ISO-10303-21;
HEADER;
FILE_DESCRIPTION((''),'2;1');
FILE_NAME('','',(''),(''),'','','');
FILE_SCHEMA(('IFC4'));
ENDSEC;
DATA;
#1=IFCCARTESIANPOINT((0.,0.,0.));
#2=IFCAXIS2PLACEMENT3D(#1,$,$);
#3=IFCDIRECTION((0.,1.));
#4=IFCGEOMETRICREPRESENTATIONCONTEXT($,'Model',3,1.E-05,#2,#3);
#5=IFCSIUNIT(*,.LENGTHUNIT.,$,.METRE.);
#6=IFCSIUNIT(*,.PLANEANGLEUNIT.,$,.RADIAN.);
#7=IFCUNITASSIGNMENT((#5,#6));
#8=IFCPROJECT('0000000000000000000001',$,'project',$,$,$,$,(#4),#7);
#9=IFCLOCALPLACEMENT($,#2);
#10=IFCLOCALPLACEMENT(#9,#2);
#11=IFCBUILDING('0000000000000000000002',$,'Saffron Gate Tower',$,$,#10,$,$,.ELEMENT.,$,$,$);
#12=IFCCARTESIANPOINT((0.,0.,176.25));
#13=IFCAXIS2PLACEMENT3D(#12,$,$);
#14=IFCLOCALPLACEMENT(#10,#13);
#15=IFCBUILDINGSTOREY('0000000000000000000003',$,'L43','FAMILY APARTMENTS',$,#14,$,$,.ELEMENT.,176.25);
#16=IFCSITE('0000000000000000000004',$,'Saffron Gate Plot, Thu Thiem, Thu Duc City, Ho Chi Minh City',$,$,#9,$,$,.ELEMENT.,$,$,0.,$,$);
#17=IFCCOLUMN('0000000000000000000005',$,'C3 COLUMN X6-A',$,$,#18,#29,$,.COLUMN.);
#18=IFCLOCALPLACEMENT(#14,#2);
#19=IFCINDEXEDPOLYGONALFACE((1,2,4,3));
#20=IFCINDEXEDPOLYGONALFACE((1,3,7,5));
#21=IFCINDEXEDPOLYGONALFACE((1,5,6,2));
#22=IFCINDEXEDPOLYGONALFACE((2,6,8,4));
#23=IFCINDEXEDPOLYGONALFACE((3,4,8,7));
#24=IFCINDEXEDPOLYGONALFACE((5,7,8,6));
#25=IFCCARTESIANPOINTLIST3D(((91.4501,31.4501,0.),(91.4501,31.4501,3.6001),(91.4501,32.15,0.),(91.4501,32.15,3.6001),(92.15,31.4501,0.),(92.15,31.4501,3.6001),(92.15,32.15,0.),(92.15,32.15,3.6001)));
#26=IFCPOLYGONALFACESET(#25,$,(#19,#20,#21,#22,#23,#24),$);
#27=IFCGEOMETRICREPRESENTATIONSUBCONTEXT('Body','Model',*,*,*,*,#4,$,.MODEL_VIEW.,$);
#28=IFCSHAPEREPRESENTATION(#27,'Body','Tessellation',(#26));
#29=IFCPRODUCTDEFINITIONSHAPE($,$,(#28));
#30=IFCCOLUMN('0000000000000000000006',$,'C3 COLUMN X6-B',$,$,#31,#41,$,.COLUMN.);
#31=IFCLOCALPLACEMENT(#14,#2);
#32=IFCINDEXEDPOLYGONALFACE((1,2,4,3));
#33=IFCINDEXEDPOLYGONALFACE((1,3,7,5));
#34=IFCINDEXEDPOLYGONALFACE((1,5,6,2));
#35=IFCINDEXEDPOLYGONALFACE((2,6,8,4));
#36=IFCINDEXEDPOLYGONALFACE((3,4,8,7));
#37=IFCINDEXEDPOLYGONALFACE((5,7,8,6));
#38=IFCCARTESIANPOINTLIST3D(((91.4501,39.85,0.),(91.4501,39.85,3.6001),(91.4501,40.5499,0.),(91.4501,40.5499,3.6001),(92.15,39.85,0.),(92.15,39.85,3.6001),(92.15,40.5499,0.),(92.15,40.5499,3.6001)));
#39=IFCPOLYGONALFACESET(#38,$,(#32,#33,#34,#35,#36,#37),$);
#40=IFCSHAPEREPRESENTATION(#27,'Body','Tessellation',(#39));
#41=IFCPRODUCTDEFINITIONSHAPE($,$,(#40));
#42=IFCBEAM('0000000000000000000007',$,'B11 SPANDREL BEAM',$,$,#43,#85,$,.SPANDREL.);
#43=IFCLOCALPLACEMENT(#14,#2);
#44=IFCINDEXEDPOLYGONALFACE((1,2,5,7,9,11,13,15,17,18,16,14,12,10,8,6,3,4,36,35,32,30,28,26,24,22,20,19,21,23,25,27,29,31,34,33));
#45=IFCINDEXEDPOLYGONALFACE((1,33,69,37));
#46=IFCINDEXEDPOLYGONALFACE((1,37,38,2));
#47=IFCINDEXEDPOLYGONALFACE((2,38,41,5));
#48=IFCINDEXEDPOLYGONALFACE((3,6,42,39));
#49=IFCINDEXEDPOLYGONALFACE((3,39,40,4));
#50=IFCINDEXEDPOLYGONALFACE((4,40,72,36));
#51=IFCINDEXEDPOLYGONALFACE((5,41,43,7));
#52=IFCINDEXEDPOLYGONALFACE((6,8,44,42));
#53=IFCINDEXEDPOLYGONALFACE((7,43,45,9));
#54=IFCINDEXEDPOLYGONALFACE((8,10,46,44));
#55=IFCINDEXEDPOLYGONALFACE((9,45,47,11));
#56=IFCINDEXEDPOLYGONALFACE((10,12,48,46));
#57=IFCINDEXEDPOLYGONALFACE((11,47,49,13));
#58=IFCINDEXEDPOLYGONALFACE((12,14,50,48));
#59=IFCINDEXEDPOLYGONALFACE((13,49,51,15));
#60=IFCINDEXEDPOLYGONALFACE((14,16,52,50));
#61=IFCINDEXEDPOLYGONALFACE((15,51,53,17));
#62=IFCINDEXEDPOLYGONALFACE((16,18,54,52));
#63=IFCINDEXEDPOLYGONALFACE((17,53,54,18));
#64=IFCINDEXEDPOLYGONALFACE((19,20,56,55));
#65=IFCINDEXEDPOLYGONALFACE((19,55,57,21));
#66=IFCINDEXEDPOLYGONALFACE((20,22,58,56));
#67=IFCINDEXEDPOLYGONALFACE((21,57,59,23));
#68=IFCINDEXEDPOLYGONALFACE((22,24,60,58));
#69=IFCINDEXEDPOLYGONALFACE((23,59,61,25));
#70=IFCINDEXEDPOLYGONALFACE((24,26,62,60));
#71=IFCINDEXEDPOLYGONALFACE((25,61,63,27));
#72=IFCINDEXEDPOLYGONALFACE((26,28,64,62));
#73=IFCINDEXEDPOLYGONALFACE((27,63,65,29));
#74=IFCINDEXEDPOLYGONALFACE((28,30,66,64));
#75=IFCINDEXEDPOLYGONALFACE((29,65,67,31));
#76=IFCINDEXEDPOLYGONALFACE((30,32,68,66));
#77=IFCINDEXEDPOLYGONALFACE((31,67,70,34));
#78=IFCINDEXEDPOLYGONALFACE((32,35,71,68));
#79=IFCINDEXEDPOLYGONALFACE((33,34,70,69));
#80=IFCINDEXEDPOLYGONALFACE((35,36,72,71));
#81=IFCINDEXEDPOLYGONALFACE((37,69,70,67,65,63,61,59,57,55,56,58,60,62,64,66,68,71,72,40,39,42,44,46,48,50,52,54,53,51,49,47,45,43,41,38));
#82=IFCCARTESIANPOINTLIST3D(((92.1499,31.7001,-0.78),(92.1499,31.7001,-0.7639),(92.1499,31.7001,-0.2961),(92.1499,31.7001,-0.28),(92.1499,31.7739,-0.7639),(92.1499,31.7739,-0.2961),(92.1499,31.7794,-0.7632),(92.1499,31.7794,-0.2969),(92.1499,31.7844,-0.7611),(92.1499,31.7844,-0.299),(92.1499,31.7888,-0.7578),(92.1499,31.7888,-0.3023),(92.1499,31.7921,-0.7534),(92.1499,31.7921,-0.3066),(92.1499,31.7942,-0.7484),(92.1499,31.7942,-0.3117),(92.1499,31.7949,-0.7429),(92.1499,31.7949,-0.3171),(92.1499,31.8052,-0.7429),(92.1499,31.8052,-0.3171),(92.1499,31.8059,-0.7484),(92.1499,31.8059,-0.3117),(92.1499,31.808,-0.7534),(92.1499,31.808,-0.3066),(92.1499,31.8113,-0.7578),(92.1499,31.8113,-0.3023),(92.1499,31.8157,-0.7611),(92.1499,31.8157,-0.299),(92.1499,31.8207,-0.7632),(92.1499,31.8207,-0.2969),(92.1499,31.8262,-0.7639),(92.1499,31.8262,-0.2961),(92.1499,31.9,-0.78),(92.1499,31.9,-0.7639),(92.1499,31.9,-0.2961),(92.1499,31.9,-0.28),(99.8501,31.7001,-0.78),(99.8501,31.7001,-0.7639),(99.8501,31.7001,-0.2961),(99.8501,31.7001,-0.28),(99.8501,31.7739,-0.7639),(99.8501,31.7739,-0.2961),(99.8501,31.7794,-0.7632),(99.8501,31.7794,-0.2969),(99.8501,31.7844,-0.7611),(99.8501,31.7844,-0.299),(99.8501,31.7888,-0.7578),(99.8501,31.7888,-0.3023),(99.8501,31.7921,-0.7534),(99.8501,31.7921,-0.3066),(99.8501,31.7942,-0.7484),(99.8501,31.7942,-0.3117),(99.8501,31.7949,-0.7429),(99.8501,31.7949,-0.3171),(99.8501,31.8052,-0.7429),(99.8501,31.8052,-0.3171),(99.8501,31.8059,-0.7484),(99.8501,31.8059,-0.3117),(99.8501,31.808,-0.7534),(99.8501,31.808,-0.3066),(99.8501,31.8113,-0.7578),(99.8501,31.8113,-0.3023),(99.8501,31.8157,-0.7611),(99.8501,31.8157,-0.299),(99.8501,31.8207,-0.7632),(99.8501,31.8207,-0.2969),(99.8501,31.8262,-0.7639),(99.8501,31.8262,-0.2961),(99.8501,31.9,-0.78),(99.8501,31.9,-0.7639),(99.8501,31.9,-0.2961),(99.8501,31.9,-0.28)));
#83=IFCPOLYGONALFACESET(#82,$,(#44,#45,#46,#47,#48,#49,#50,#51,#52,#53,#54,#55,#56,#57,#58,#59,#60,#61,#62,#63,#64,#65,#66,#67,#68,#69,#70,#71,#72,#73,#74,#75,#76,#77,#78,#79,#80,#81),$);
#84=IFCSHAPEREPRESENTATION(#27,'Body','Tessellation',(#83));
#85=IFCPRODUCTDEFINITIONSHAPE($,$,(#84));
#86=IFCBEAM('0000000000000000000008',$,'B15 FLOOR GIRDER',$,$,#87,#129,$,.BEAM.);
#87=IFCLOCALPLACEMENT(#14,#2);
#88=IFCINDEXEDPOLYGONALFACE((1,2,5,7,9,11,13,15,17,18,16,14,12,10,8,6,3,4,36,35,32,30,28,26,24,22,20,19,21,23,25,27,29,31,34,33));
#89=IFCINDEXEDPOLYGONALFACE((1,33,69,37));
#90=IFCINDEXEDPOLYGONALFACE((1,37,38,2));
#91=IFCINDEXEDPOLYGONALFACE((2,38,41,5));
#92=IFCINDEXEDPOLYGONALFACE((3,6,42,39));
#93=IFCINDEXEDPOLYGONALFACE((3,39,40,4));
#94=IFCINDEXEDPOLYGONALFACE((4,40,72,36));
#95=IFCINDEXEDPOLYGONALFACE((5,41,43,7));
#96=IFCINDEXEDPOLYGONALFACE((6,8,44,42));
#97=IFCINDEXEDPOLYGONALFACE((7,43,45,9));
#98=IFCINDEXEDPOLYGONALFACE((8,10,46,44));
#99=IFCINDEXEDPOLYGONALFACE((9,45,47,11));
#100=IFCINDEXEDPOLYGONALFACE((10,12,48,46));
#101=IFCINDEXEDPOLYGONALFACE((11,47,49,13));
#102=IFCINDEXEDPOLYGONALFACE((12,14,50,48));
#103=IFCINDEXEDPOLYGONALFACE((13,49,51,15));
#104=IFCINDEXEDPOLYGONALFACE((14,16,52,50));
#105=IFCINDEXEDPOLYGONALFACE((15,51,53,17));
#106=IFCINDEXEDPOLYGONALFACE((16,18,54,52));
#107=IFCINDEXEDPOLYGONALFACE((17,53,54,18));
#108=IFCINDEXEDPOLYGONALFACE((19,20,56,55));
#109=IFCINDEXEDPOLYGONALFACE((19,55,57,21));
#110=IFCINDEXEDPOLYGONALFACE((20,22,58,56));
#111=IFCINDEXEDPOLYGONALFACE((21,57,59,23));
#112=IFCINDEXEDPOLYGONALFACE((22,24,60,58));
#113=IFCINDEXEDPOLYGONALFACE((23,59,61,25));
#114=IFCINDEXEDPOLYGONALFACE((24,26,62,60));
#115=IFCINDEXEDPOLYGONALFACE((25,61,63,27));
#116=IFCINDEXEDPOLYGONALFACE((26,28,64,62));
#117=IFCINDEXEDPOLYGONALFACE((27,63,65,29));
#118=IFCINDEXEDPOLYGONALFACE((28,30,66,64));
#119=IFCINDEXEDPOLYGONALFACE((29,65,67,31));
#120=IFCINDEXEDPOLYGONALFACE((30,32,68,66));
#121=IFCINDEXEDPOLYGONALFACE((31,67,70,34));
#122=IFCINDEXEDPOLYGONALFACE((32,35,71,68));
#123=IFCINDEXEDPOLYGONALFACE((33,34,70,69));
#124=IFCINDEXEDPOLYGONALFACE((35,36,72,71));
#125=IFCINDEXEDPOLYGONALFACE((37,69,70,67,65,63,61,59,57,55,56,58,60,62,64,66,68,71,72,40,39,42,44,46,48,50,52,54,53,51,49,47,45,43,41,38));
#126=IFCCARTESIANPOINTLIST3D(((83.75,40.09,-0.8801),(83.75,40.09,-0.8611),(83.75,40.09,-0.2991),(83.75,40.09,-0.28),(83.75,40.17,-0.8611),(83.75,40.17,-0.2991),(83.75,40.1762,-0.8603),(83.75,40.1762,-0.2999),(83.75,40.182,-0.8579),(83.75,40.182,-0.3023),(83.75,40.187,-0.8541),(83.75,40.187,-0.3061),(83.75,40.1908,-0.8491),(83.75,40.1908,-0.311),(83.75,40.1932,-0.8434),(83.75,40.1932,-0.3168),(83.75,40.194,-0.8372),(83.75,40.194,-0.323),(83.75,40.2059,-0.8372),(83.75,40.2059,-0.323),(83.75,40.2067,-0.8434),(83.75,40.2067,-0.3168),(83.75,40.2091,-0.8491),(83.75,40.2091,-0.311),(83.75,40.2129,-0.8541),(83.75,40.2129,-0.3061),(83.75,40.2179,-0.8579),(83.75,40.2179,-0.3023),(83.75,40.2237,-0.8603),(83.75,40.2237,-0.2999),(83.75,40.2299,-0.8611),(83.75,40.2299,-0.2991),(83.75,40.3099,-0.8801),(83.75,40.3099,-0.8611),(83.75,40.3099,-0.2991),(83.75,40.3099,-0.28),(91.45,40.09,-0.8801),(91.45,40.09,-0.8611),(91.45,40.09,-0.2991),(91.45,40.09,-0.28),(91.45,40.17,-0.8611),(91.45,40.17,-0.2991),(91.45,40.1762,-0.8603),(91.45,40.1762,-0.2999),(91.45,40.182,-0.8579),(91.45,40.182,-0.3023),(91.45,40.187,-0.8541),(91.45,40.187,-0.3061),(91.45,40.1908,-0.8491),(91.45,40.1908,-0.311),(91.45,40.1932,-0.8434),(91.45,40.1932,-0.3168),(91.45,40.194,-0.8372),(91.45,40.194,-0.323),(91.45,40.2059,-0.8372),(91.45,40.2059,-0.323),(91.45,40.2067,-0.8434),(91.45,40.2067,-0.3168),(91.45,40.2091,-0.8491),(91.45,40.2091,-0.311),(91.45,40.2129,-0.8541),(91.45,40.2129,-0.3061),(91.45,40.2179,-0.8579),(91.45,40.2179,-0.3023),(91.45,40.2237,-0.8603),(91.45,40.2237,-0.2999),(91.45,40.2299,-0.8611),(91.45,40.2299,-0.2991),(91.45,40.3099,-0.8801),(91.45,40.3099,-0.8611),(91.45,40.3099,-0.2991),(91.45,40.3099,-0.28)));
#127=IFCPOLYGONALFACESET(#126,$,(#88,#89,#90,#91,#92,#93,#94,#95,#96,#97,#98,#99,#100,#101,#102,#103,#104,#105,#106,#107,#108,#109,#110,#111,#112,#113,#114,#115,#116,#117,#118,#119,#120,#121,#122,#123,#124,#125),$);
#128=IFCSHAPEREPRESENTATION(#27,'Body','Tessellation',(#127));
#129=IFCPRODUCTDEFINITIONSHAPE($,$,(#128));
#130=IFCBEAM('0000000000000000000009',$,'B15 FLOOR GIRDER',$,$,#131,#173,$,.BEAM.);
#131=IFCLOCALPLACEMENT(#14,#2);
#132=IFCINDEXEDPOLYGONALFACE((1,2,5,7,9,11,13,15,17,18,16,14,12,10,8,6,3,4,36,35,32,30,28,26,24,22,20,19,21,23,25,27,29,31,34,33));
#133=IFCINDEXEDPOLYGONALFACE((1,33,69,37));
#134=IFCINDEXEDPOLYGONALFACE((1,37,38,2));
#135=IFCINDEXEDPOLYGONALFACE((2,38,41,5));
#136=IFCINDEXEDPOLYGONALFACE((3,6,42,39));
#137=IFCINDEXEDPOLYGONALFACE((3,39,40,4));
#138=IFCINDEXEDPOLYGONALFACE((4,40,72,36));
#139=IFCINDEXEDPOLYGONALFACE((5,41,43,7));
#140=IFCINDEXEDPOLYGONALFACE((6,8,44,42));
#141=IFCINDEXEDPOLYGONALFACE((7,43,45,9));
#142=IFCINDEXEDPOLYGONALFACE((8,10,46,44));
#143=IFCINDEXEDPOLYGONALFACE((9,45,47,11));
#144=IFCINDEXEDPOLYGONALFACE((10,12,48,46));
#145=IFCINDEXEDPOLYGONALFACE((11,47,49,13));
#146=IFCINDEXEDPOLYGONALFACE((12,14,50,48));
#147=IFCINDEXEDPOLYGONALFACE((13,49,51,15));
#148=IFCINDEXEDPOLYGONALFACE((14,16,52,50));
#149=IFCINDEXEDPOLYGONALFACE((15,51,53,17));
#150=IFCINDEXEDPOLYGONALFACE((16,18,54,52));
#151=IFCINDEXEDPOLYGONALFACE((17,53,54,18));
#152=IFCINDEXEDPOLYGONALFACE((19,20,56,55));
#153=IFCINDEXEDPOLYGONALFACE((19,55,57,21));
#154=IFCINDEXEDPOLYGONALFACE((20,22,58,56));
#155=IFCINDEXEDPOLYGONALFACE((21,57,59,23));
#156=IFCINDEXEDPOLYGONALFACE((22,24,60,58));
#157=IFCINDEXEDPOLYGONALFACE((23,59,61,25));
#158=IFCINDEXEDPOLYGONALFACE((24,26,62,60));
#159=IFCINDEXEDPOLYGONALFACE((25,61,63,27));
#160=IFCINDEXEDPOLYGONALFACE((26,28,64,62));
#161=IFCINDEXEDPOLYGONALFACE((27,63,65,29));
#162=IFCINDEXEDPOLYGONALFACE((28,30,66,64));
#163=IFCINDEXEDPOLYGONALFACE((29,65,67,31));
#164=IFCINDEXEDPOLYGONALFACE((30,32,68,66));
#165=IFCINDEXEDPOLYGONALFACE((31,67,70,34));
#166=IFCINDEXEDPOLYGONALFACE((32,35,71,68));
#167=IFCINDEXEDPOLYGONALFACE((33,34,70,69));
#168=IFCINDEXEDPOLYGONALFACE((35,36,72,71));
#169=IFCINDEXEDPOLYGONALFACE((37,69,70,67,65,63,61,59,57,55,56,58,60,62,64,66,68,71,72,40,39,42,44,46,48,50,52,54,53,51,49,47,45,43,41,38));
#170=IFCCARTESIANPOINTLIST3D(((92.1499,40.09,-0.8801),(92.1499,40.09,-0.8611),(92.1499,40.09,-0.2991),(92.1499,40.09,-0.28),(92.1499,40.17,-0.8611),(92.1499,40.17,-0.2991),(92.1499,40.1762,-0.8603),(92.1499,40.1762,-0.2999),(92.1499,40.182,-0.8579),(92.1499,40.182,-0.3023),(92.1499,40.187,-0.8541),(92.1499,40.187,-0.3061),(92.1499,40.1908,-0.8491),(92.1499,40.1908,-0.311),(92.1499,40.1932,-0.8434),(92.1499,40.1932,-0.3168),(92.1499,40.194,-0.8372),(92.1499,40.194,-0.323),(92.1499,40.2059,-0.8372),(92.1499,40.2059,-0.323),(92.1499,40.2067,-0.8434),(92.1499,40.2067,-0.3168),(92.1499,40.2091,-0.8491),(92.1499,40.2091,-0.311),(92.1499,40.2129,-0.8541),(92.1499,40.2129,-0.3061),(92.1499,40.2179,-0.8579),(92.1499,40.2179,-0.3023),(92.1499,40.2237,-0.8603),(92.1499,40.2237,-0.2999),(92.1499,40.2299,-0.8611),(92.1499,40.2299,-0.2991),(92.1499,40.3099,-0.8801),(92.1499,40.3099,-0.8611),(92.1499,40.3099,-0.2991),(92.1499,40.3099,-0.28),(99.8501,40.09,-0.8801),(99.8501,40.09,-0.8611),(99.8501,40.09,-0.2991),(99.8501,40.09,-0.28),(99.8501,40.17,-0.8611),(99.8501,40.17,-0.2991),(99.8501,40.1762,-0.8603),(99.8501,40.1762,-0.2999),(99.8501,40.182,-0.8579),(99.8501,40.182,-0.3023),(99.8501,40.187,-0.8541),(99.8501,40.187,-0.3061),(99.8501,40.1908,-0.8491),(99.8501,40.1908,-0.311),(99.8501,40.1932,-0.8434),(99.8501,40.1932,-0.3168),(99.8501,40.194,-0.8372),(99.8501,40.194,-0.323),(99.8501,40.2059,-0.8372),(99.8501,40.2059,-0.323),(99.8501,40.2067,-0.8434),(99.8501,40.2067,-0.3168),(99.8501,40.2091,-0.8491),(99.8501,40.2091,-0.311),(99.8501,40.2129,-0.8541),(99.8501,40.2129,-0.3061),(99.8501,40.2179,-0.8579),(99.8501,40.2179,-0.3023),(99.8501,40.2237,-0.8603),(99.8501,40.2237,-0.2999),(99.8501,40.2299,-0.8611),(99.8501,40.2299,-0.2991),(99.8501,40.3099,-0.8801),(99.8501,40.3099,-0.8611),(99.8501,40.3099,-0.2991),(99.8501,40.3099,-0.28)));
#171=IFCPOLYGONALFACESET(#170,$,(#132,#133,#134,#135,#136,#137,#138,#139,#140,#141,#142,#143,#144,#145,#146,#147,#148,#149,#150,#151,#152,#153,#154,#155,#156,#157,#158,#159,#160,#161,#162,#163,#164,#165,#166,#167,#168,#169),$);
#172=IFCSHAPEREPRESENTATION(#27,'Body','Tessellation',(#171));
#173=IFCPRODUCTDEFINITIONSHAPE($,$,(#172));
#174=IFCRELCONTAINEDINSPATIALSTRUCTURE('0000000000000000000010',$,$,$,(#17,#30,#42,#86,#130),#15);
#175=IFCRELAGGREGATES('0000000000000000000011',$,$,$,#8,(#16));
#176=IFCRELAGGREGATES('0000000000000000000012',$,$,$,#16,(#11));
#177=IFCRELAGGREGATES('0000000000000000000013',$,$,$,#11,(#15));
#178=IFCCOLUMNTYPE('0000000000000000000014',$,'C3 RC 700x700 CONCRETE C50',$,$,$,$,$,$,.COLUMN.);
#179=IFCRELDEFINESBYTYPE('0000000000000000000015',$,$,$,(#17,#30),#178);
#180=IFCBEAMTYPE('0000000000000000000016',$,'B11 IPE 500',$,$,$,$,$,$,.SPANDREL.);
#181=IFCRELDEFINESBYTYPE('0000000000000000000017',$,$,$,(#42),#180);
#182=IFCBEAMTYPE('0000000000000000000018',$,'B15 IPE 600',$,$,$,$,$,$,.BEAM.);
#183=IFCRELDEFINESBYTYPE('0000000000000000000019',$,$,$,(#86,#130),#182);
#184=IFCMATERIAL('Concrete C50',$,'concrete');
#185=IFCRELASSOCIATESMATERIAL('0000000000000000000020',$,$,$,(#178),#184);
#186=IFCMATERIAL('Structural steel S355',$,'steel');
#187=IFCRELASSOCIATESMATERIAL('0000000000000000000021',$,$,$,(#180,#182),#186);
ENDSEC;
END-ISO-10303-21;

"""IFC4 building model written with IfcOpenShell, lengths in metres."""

from ifc_helpers import new_model, si_unit, direction, frame, origin, origin_2d, place, context, subcontext, project, spatial, rectangle, i_section, extrude, material, material_profile, profile_set, type_object, element, save


model = new_model("IFC4")

# Units and contexts
model_context = context("Model", 3, precision=1e-05, world=origin(), true_north=direction((0.0, 1.0)))
body_context = subcontext(model_context, "Body", "Model", "MODEL_VIEW")
ifc_project = project(units=[si_unit("LENGTHUNIT", "METRE"), si_unit("PLANEANGLEUNIT", "RADIAN")], contexts=[model_context])

# Site, building, storey
site_placement = place(None, origin())
site = spatial("IfcSite", under=ifc_project, at=site_placement, Name="Saffron Gate Plot, Thu Thiem, Thu Duc City, Ho Chi Minh City", CompositionType="ELEMENT", RefElevation=0.0)
building_placement = place(site_placement, origin())
building = spatial("IfcBuilding", under=site, at=building_placement, Name="Saffron Gate Tower", CompositionType="ELEMENT")
storey_placement = place(building_placement, frame((0.0, 0.0, 176.25)))
storey = spatial("IfcBuildingStorey", under=building, at=storey_placement, Name="L43", Description="FAMILY APARTMENTS", CompositionType="ELEMENT", Elevation=176.25)

# Columns
ifc_material_1 = material(Name="Concrete C50", Category="concrete")
ifc_material_profile_1 = material_profile(ifc_material_1, rectangle(XDim=0.7, YDim=0.7, at=origin_2d()))
ifc_profile_set_1 = profile_set([ifc_material_profile_1], Name="Concrete C50")
column_type = type_object("IfcColumnType", Name="C3 RC 700x700 CONCRETE C50", PredefinedType="COLUMN", material=ifc_profile_set_1)
for number, where, z_axis, x_axis, name in (
    (1, (91.8, 31.8, 0.0), (0.0, 0.0, 1.0), (1.0, 0.0, 0.0), "C3 COLUMN X6-A"),
    (2, (91.8, 40.2, 0.0), (0.0, 0.0, 1.0), (1.0, 0.0, 0.0), "C3 COLUMN X6-B"),
):
    element("IfcColumn", number, at=place(storey_placement, frame(where, z_axis=z_axis, x_axis=x_axis)), inside=storey, type_object=column_type, Name=name, PredefinedType="COLUMN", context=body_context, shape_type="SweptSolid", body=[
        extrude(rectangle(XDim=0.7, YDim=0.7, at=origin_2d()), origin(), (0.0, 0.0, 1.0), 3.6001),
    ])

# Beams
ifc_material_2 = material(Name="Structural steel S355", Category="steel")
ifc_material_profile_2 = material_profile(ifc_material_2, i_section(OverallWidth=0.2, OverallDepth=0.5, WebThickness=0.0103, FlangeThickness=0.0161, FilletRadius=0.021, at=origin_2d()))
ifc_profile_set_2 = profile_set([ifc_material_profile_2], Name="Structural steel S355")
beam_type_1 = type_object("IfcBeamType", Name="B11 IPE 500", PredefinedType="SPANDREL", material=ifc_profile_set_2)
beam_1_placement = place(storey_placement, frame((92.1499, 31.8, -0.53), z_axis=(1.0, 0.0, 0.0), x_axis=(0.0, 1.0, 0.0)))
element("IfcBeam", 3, at=beam_1_placement, inside=storey, type_object=beam_type_1, Name="B11 SPANDREL BEAM", PredefinedType="SPANDREL", context=body_context, shape_type="SweptSolid", body=[
    extrude(i_section(OverallWidth=0.2, OverallDepth=0.5, WebThickness=0.0103, FlangeThickness=0.0161, FilletRadius=0.021, at=origin_2d()), origin(), (0.0, 0.0, 1.0), 7.7002),
])
ifc_material_profile_3 = material_profile(ifc_material_2, i_section(OverallWidth=0.22, OverallDepth=0.6001, WebThickness=0.012, FlangeThickness=0.019, FilletRadius=0.0239, at=origin_2d()))
ifc_profile_set_3 = profile_set([ifc_material_profile_3], Name="Structural steel S355")
beam_type_2 = type_object("IfcBeamType", Name="B15 IPE 600", PredefinedType="BEAM", material=ifc_profile_set_3)
beam_2_placement = place(storey_placement, frame((83.75, 40.2, -0.5801), z_axis=(1.0, 0.0, 0.0), x_axis=(0.0, 1.0, 0.0)))
element("IfcBeam", 4, at=beam_2_placement, inside=storey, type_object=beam_type_2, Name="B15 FLOOR GIRDER", PredefinedType="BEAM", context=body_context, shape_type="SweptSolid", body=[
    extrude(i_section(OverallWidth=0.22, OverallDepth=0.6001, WebThickness=0.012, FlangeThickness=0.019, FilletRadius=0.0239, at=origin_2d()), origin(), (0.0, 0.0, 1.0), 7.7),
])
beam_3_placement = place(storey_placement, frame((92.1499, 40.2, -0.5801), z_axis=(1.0, 0.0, 0.0), x_axis=(0.0, 1.0, 0.0)))
element("IfcBeam", 5, at=beam_3_placement, inside=storey, type_object=beam_type_2, Name="B15 FLOOR GIRDER", PredefinedType="BEAM", context=body_context, shape_type="SweptSolid", body=[
    extrude(i_section(OverallWidth=0.22, OverallDepth=0.6001, WebThickness=0.012, FlangeThickness=0.019, FilletRadius=0.0239, at=origin_2d()), origin(), (0.0, 0.0, 1.0), 7.7002),
])

save(model, "model.ifc")
